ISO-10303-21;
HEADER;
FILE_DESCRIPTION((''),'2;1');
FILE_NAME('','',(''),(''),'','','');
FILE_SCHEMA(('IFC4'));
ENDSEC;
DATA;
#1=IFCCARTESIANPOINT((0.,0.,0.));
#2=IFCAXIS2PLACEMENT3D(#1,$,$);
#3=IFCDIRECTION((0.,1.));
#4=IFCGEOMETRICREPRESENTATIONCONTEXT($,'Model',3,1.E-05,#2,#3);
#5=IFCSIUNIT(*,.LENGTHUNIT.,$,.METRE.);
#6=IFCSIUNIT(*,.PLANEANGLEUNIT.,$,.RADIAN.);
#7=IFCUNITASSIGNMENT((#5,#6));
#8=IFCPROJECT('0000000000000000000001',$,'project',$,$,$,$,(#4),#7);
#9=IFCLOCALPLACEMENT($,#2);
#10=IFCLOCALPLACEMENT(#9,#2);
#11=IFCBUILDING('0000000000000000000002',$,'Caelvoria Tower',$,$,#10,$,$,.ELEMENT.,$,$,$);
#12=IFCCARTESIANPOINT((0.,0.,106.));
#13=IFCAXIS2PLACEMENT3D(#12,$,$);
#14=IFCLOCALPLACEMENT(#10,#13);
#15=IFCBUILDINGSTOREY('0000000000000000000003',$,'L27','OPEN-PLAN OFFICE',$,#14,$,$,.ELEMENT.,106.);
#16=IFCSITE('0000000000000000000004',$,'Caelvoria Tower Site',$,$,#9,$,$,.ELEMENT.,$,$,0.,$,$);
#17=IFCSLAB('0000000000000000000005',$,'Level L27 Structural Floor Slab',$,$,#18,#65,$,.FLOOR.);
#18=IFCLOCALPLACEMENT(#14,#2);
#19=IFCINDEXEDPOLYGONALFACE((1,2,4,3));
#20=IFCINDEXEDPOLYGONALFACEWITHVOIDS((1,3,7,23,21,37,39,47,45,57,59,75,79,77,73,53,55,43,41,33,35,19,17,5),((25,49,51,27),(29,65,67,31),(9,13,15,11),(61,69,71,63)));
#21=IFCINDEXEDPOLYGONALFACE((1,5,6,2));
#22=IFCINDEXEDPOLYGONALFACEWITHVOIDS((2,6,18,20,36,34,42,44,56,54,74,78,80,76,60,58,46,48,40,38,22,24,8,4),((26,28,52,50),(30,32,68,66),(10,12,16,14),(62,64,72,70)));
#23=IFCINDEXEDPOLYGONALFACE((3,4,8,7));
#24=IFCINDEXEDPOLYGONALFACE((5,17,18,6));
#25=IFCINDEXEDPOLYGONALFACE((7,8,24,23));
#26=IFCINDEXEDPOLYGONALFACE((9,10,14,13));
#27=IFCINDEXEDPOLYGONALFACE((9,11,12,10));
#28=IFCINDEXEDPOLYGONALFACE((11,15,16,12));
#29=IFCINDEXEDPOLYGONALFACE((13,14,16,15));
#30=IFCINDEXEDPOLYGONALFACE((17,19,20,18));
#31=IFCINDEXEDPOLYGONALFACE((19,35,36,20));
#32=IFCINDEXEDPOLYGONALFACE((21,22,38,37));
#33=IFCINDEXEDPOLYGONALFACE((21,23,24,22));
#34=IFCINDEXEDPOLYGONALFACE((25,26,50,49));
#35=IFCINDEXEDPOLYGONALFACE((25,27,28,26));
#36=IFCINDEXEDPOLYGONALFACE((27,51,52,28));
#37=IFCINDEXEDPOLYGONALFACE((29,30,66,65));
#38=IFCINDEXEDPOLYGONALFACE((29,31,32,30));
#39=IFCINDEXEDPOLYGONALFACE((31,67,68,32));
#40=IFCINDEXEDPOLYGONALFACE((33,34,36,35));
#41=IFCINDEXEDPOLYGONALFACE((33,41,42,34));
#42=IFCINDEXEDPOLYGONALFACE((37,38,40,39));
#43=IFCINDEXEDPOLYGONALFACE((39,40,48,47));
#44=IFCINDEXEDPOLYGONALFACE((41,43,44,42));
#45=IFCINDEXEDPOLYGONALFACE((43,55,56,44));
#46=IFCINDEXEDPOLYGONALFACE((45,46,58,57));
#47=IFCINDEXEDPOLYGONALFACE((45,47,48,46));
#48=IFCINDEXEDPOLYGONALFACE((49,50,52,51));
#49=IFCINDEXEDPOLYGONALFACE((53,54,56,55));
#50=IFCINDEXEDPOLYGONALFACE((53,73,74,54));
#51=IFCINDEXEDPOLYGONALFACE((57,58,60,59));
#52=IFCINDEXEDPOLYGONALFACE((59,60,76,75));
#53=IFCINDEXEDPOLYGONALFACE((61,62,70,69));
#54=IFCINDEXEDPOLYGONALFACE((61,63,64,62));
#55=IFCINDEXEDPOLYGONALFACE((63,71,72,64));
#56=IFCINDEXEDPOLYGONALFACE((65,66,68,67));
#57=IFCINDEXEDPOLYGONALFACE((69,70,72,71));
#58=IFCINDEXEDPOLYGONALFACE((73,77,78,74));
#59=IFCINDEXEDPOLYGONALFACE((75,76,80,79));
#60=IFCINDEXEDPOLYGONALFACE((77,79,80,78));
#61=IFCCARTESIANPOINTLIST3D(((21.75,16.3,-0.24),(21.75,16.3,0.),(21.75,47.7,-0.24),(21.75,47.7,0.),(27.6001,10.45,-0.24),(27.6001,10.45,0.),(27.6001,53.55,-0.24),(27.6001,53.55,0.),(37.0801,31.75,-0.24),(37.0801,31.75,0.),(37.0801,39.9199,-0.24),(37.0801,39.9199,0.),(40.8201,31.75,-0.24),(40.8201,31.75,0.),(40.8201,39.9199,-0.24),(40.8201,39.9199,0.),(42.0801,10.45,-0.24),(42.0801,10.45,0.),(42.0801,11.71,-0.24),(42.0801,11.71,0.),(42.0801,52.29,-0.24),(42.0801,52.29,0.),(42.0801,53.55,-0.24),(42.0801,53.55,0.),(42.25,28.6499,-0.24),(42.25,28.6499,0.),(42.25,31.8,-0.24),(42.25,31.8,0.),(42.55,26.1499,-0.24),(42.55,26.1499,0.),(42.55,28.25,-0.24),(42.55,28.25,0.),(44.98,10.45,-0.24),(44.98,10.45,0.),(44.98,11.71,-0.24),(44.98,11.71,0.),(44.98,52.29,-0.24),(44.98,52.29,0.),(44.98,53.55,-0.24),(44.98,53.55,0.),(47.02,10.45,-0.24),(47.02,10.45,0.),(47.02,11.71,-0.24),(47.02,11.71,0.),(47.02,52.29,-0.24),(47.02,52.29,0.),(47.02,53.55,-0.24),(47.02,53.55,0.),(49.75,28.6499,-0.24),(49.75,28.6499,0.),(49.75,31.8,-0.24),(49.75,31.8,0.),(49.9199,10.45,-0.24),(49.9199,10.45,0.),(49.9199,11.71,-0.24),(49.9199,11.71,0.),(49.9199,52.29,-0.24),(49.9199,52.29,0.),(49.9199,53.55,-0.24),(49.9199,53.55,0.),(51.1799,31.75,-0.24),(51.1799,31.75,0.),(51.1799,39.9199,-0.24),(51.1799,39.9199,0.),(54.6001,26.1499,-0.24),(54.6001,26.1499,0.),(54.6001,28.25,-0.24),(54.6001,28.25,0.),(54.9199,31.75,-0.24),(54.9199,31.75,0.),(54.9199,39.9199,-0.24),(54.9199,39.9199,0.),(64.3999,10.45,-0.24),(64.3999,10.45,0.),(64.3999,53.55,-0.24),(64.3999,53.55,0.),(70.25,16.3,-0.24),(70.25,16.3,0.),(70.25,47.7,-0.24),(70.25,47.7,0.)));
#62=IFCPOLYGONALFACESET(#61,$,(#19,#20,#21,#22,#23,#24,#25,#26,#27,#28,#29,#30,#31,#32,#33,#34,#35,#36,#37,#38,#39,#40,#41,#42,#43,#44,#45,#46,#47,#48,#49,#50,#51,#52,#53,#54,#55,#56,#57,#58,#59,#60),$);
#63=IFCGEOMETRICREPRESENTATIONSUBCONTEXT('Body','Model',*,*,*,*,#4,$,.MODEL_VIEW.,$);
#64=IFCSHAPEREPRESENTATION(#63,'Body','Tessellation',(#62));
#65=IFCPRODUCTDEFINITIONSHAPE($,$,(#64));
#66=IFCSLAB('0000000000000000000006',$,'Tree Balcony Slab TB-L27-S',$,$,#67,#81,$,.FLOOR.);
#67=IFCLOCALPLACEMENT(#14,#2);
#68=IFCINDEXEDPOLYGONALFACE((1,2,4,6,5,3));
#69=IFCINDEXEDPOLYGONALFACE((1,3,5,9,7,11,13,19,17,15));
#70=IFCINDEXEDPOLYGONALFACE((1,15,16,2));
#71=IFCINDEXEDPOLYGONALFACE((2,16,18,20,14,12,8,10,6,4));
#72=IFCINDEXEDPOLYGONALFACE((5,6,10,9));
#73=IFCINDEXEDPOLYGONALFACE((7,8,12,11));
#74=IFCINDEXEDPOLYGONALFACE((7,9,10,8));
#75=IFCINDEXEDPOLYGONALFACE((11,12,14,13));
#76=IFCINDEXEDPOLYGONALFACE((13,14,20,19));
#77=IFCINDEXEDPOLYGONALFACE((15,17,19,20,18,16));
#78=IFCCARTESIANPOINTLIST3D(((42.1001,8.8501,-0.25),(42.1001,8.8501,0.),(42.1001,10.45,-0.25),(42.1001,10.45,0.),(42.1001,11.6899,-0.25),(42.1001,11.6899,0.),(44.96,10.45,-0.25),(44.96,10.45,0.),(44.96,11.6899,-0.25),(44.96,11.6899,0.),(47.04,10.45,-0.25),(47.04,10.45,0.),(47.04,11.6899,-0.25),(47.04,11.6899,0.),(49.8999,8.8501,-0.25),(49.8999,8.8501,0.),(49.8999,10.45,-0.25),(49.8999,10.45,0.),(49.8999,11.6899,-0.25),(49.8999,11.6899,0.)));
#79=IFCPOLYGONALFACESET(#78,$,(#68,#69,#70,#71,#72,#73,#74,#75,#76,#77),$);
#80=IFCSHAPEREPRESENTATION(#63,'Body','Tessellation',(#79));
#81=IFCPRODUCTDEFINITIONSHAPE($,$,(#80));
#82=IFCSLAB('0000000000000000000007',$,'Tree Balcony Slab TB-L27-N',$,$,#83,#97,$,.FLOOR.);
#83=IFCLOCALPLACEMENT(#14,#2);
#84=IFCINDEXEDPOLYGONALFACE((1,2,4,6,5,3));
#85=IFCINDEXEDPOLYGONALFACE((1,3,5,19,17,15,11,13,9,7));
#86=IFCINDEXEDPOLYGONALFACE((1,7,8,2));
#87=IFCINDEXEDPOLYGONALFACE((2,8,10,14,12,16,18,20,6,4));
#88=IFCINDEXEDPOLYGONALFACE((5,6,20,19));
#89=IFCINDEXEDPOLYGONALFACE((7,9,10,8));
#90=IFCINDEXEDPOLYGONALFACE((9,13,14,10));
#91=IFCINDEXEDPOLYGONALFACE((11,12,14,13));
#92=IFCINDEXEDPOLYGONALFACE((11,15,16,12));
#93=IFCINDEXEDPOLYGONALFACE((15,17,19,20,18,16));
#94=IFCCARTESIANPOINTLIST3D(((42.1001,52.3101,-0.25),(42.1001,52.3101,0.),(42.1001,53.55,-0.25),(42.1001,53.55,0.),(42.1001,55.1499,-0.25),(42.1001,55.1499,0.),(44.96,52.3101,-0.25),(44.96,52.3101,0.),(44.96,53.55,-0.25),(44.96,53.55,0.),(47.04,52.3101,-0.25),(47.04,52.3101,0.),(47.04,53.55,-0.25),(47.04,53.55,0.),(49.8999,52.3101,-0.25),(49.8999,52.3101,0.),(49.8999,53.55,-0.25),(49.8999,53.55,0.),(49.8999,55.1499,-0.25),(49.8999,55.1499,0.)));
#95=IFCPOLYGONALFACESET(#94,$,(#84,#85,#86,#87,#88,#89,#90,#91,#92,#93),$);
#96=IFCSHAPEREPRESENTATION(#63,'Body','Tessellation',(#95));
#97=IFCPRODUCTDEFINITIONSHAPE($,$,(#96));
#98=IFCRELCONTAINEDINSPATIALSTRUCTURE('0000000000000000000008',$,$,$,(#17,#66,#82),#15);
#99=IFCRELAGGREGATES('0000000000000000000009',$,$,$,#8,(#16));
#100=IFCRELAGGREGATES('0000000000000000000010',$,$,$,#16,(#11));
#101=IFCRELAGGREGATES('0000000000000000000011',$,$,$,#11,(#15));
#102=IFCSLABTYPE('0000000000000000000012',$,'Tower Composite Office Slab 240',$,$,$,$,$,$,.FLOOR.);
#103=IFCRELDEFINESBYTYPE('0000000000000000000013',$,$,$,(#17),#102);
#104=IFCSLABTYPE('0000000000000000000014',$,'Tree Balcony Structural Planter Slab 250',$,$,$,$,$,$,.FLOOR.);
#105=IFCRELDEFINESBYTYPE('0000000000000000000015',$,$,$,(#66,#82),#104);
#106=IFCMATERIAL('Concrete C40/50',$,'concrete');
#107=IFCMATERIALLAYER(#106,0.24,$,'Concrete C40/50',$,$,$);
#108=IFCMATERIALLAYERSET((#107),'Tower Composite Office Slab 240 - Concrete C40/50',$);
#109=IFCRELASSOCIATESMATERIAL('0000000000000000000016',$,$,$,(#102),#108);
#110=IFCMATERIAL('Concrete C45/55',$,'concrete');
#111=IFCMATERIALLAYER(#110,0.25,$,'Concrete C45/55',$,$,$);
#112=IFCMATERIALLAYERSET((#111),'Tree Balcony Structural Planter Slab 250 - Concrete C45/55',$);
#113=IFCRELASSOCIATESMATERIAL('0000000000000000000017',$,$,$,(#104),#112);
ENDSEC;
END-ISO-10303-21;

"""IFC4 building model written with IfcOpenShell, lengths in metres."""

from ifc_helpers import new_model, si_unit, direction, frame, origin, place, context, subcontext, project, spatial, polyline, outline, extrude, material, layer, layer_set, type_object, element, save


model = new_model("IFC4")

# Units and contexts
model_context = context("Model", 3, precision=1e-05, world=origin(), true_north=direction((0.0, 1.0)))
body_context = subcontext(model_context, "Body", "Model", "MODEL_VIEW")
ifc_project = project(units=[si_unit("LENGTHUNIT", "METRE"), si_unit("PLANEANGLEUNIT", "RADIAN")], contexts=[model_context])

# Site, building, storey
site_placement = place(None, origin())
site = spatial("IfcSite", under=ifc_project, at=site_placement, Name="Caelvoria Tower Site", CompositionType="ELEMENT", RefElevation=0.0)
building_placement = place(site_placement, origin())
building = spatial("IfcBuilding", under=site, at=building_placement, Name="Caelvoria Tower", CompositionType="ELEMENT")
storey_placement = place(building_placement, frame((0.0, 0.0, 106.0)))
storey = spatial("IfcBuildingStorey", under=building, at=storey_placement, Name="L27", Description="OPEN-PLAN OFFICE", CompositionType="ELEMENT", Elevation=106.0)

# Shared definitions
ifc_material_1 = material(Name="Concrete C40/50", Category="concrete")

# Slabs
ifc_layer_1 = layer(ifc_material_1, 0.24, Name="Concrete C40/50")
ifc_layer_set_1 = layer_set([ifc_layer_1], Name="Tower Composite Office Slab 240 - Concrete C40/50")
slab_type_1 = type_object("IfcSlabType", Name="Tower Composite Office Slab 240", PredefinedType="FLOOR", material=ifc_layer_set_1)
slab_1_placement = place(storey_placement, frame((0.0, 0.0, -0.24)))
element("IfcSlab", 1, at=slab_1_placement, inside=storey, type_object=slab_type_1, Name="Level L27 Structural Floor Slab", PredefinedType="FLOOR", context=body_context, shape_type="SweptSolid", body=[
    extrude(outline(polyline([(21.75, 47.7), (21.75, 16.3), (27.6001, 10.45), (42.0801, 10.45), (42.0801, 11.71), (44.98, 11.71), (44.98, 10.45), (47.02, 10.45), (47.02, 11.71), (49.9199, 11.71), (49.9199, 10.45), (64.3999, 10.45), (70.25, 16.3), (70.25, 47.7), (64.3999, 53.55), (49.9199, 53.55), (49.9199, 52.29), (47.02, 52.29), (47.02, 53.55), (44.98, 53.55), (44.98, 52.29), (42.0801, 52.29), (42.0801, 53.55), (27.6001, 53.55), (21.75, 47.7)]), holes=[polyline([(37.0801, 31.75), (40.8201, 31.75), (40.8201, 39.9199), (37.0801, 39.9199), (37.0801, 31.75)]), polyline([(51.1799, 31.75), (54.9199, 31.75), (54.9199, 39.9199), (51.1799, 39.9199), (51.1799, 31.75)]), polyline([(42.25, 28.6499), (49.75, 28.6499), (49.75, 31.8), (42.25, 31.8), (42.25, 28.6499)]), polyline([(42.55, 26.1499), (54.6001, 26.1499), (54.6001, 28.25), (42.55, 28.25), (42.55, 26.1499)])]), origin(), (0.0, 0.0, 1.0), 0.24),
])
ifc_material_2 = material(Name="Concrete C45/55", Category="concrete")
ifc_layer_2 = layer(ifc_material_2, 0.25, Name="Concrete C45/55")
ifc_layer_set_2 = layer_set([ifc_layer_2], Name="Tree Balcony Structural Planter Slab 250 - Concrete C45/55")
slab_type_2 = type_object("IfcSlabType", Name="Tree Balcony Structural Planter Slab 250", PredefinedType="FLOOR", material=ifc_layer_set_2)
slab_2_placement = place(storey_placement, frame((0.0, 0.0, -0.25)))
element("IfcSlab", 2, at=slab_2_placement, inside=storey, type_object=slab_type_2, Name="Tree Balcony Slab TB-L27-S", PredefinedType="FLOOR", context=body_context, shape_type="SweptSolid", body=[
    extrude(outline(polyline([(49.8999, 10.45), (49.8999, 11.6899), (47.04, 11.6899), (47.04, 10.45), (44.96, 10.45), (44.96, 11.6899), (42.1001, 11.6899), (42.1001, 10.45), (42.1001, 8.8501), (49.8999, 8.8501), (49.8999, 10.45)])), origin(), (0.0, 0.0, 1.0), 0.25),
])
slab_3_placement = place(storey_placement, frame((0.0, 0.0, -0.25)))
element("IfcSlab", 3, at=slab_3_placement, inside=storey, type_object=slab_type_2, Name="Tree Balcony Slab TB-L27-N", PredefinedType="FLOOR", context=body_context, shape_type="SweptSolid", body=[
    extrude(outline(polyline([(42.1001, 55.1499), (42.1001, 53.55), (42.1001, 52.3101), (44.96, 52.3101), (44.96, 53.55), (47.04, 53.55), (47.04, 52.3101), (49.8999, 52.3101), (49.8999, 53.55), (49.8999, 55.1499), (42.1001, 55.1499)])), origin(), (0.0, 0.0, 1.0), 0.25),
])

save(model, "model.ifc")
